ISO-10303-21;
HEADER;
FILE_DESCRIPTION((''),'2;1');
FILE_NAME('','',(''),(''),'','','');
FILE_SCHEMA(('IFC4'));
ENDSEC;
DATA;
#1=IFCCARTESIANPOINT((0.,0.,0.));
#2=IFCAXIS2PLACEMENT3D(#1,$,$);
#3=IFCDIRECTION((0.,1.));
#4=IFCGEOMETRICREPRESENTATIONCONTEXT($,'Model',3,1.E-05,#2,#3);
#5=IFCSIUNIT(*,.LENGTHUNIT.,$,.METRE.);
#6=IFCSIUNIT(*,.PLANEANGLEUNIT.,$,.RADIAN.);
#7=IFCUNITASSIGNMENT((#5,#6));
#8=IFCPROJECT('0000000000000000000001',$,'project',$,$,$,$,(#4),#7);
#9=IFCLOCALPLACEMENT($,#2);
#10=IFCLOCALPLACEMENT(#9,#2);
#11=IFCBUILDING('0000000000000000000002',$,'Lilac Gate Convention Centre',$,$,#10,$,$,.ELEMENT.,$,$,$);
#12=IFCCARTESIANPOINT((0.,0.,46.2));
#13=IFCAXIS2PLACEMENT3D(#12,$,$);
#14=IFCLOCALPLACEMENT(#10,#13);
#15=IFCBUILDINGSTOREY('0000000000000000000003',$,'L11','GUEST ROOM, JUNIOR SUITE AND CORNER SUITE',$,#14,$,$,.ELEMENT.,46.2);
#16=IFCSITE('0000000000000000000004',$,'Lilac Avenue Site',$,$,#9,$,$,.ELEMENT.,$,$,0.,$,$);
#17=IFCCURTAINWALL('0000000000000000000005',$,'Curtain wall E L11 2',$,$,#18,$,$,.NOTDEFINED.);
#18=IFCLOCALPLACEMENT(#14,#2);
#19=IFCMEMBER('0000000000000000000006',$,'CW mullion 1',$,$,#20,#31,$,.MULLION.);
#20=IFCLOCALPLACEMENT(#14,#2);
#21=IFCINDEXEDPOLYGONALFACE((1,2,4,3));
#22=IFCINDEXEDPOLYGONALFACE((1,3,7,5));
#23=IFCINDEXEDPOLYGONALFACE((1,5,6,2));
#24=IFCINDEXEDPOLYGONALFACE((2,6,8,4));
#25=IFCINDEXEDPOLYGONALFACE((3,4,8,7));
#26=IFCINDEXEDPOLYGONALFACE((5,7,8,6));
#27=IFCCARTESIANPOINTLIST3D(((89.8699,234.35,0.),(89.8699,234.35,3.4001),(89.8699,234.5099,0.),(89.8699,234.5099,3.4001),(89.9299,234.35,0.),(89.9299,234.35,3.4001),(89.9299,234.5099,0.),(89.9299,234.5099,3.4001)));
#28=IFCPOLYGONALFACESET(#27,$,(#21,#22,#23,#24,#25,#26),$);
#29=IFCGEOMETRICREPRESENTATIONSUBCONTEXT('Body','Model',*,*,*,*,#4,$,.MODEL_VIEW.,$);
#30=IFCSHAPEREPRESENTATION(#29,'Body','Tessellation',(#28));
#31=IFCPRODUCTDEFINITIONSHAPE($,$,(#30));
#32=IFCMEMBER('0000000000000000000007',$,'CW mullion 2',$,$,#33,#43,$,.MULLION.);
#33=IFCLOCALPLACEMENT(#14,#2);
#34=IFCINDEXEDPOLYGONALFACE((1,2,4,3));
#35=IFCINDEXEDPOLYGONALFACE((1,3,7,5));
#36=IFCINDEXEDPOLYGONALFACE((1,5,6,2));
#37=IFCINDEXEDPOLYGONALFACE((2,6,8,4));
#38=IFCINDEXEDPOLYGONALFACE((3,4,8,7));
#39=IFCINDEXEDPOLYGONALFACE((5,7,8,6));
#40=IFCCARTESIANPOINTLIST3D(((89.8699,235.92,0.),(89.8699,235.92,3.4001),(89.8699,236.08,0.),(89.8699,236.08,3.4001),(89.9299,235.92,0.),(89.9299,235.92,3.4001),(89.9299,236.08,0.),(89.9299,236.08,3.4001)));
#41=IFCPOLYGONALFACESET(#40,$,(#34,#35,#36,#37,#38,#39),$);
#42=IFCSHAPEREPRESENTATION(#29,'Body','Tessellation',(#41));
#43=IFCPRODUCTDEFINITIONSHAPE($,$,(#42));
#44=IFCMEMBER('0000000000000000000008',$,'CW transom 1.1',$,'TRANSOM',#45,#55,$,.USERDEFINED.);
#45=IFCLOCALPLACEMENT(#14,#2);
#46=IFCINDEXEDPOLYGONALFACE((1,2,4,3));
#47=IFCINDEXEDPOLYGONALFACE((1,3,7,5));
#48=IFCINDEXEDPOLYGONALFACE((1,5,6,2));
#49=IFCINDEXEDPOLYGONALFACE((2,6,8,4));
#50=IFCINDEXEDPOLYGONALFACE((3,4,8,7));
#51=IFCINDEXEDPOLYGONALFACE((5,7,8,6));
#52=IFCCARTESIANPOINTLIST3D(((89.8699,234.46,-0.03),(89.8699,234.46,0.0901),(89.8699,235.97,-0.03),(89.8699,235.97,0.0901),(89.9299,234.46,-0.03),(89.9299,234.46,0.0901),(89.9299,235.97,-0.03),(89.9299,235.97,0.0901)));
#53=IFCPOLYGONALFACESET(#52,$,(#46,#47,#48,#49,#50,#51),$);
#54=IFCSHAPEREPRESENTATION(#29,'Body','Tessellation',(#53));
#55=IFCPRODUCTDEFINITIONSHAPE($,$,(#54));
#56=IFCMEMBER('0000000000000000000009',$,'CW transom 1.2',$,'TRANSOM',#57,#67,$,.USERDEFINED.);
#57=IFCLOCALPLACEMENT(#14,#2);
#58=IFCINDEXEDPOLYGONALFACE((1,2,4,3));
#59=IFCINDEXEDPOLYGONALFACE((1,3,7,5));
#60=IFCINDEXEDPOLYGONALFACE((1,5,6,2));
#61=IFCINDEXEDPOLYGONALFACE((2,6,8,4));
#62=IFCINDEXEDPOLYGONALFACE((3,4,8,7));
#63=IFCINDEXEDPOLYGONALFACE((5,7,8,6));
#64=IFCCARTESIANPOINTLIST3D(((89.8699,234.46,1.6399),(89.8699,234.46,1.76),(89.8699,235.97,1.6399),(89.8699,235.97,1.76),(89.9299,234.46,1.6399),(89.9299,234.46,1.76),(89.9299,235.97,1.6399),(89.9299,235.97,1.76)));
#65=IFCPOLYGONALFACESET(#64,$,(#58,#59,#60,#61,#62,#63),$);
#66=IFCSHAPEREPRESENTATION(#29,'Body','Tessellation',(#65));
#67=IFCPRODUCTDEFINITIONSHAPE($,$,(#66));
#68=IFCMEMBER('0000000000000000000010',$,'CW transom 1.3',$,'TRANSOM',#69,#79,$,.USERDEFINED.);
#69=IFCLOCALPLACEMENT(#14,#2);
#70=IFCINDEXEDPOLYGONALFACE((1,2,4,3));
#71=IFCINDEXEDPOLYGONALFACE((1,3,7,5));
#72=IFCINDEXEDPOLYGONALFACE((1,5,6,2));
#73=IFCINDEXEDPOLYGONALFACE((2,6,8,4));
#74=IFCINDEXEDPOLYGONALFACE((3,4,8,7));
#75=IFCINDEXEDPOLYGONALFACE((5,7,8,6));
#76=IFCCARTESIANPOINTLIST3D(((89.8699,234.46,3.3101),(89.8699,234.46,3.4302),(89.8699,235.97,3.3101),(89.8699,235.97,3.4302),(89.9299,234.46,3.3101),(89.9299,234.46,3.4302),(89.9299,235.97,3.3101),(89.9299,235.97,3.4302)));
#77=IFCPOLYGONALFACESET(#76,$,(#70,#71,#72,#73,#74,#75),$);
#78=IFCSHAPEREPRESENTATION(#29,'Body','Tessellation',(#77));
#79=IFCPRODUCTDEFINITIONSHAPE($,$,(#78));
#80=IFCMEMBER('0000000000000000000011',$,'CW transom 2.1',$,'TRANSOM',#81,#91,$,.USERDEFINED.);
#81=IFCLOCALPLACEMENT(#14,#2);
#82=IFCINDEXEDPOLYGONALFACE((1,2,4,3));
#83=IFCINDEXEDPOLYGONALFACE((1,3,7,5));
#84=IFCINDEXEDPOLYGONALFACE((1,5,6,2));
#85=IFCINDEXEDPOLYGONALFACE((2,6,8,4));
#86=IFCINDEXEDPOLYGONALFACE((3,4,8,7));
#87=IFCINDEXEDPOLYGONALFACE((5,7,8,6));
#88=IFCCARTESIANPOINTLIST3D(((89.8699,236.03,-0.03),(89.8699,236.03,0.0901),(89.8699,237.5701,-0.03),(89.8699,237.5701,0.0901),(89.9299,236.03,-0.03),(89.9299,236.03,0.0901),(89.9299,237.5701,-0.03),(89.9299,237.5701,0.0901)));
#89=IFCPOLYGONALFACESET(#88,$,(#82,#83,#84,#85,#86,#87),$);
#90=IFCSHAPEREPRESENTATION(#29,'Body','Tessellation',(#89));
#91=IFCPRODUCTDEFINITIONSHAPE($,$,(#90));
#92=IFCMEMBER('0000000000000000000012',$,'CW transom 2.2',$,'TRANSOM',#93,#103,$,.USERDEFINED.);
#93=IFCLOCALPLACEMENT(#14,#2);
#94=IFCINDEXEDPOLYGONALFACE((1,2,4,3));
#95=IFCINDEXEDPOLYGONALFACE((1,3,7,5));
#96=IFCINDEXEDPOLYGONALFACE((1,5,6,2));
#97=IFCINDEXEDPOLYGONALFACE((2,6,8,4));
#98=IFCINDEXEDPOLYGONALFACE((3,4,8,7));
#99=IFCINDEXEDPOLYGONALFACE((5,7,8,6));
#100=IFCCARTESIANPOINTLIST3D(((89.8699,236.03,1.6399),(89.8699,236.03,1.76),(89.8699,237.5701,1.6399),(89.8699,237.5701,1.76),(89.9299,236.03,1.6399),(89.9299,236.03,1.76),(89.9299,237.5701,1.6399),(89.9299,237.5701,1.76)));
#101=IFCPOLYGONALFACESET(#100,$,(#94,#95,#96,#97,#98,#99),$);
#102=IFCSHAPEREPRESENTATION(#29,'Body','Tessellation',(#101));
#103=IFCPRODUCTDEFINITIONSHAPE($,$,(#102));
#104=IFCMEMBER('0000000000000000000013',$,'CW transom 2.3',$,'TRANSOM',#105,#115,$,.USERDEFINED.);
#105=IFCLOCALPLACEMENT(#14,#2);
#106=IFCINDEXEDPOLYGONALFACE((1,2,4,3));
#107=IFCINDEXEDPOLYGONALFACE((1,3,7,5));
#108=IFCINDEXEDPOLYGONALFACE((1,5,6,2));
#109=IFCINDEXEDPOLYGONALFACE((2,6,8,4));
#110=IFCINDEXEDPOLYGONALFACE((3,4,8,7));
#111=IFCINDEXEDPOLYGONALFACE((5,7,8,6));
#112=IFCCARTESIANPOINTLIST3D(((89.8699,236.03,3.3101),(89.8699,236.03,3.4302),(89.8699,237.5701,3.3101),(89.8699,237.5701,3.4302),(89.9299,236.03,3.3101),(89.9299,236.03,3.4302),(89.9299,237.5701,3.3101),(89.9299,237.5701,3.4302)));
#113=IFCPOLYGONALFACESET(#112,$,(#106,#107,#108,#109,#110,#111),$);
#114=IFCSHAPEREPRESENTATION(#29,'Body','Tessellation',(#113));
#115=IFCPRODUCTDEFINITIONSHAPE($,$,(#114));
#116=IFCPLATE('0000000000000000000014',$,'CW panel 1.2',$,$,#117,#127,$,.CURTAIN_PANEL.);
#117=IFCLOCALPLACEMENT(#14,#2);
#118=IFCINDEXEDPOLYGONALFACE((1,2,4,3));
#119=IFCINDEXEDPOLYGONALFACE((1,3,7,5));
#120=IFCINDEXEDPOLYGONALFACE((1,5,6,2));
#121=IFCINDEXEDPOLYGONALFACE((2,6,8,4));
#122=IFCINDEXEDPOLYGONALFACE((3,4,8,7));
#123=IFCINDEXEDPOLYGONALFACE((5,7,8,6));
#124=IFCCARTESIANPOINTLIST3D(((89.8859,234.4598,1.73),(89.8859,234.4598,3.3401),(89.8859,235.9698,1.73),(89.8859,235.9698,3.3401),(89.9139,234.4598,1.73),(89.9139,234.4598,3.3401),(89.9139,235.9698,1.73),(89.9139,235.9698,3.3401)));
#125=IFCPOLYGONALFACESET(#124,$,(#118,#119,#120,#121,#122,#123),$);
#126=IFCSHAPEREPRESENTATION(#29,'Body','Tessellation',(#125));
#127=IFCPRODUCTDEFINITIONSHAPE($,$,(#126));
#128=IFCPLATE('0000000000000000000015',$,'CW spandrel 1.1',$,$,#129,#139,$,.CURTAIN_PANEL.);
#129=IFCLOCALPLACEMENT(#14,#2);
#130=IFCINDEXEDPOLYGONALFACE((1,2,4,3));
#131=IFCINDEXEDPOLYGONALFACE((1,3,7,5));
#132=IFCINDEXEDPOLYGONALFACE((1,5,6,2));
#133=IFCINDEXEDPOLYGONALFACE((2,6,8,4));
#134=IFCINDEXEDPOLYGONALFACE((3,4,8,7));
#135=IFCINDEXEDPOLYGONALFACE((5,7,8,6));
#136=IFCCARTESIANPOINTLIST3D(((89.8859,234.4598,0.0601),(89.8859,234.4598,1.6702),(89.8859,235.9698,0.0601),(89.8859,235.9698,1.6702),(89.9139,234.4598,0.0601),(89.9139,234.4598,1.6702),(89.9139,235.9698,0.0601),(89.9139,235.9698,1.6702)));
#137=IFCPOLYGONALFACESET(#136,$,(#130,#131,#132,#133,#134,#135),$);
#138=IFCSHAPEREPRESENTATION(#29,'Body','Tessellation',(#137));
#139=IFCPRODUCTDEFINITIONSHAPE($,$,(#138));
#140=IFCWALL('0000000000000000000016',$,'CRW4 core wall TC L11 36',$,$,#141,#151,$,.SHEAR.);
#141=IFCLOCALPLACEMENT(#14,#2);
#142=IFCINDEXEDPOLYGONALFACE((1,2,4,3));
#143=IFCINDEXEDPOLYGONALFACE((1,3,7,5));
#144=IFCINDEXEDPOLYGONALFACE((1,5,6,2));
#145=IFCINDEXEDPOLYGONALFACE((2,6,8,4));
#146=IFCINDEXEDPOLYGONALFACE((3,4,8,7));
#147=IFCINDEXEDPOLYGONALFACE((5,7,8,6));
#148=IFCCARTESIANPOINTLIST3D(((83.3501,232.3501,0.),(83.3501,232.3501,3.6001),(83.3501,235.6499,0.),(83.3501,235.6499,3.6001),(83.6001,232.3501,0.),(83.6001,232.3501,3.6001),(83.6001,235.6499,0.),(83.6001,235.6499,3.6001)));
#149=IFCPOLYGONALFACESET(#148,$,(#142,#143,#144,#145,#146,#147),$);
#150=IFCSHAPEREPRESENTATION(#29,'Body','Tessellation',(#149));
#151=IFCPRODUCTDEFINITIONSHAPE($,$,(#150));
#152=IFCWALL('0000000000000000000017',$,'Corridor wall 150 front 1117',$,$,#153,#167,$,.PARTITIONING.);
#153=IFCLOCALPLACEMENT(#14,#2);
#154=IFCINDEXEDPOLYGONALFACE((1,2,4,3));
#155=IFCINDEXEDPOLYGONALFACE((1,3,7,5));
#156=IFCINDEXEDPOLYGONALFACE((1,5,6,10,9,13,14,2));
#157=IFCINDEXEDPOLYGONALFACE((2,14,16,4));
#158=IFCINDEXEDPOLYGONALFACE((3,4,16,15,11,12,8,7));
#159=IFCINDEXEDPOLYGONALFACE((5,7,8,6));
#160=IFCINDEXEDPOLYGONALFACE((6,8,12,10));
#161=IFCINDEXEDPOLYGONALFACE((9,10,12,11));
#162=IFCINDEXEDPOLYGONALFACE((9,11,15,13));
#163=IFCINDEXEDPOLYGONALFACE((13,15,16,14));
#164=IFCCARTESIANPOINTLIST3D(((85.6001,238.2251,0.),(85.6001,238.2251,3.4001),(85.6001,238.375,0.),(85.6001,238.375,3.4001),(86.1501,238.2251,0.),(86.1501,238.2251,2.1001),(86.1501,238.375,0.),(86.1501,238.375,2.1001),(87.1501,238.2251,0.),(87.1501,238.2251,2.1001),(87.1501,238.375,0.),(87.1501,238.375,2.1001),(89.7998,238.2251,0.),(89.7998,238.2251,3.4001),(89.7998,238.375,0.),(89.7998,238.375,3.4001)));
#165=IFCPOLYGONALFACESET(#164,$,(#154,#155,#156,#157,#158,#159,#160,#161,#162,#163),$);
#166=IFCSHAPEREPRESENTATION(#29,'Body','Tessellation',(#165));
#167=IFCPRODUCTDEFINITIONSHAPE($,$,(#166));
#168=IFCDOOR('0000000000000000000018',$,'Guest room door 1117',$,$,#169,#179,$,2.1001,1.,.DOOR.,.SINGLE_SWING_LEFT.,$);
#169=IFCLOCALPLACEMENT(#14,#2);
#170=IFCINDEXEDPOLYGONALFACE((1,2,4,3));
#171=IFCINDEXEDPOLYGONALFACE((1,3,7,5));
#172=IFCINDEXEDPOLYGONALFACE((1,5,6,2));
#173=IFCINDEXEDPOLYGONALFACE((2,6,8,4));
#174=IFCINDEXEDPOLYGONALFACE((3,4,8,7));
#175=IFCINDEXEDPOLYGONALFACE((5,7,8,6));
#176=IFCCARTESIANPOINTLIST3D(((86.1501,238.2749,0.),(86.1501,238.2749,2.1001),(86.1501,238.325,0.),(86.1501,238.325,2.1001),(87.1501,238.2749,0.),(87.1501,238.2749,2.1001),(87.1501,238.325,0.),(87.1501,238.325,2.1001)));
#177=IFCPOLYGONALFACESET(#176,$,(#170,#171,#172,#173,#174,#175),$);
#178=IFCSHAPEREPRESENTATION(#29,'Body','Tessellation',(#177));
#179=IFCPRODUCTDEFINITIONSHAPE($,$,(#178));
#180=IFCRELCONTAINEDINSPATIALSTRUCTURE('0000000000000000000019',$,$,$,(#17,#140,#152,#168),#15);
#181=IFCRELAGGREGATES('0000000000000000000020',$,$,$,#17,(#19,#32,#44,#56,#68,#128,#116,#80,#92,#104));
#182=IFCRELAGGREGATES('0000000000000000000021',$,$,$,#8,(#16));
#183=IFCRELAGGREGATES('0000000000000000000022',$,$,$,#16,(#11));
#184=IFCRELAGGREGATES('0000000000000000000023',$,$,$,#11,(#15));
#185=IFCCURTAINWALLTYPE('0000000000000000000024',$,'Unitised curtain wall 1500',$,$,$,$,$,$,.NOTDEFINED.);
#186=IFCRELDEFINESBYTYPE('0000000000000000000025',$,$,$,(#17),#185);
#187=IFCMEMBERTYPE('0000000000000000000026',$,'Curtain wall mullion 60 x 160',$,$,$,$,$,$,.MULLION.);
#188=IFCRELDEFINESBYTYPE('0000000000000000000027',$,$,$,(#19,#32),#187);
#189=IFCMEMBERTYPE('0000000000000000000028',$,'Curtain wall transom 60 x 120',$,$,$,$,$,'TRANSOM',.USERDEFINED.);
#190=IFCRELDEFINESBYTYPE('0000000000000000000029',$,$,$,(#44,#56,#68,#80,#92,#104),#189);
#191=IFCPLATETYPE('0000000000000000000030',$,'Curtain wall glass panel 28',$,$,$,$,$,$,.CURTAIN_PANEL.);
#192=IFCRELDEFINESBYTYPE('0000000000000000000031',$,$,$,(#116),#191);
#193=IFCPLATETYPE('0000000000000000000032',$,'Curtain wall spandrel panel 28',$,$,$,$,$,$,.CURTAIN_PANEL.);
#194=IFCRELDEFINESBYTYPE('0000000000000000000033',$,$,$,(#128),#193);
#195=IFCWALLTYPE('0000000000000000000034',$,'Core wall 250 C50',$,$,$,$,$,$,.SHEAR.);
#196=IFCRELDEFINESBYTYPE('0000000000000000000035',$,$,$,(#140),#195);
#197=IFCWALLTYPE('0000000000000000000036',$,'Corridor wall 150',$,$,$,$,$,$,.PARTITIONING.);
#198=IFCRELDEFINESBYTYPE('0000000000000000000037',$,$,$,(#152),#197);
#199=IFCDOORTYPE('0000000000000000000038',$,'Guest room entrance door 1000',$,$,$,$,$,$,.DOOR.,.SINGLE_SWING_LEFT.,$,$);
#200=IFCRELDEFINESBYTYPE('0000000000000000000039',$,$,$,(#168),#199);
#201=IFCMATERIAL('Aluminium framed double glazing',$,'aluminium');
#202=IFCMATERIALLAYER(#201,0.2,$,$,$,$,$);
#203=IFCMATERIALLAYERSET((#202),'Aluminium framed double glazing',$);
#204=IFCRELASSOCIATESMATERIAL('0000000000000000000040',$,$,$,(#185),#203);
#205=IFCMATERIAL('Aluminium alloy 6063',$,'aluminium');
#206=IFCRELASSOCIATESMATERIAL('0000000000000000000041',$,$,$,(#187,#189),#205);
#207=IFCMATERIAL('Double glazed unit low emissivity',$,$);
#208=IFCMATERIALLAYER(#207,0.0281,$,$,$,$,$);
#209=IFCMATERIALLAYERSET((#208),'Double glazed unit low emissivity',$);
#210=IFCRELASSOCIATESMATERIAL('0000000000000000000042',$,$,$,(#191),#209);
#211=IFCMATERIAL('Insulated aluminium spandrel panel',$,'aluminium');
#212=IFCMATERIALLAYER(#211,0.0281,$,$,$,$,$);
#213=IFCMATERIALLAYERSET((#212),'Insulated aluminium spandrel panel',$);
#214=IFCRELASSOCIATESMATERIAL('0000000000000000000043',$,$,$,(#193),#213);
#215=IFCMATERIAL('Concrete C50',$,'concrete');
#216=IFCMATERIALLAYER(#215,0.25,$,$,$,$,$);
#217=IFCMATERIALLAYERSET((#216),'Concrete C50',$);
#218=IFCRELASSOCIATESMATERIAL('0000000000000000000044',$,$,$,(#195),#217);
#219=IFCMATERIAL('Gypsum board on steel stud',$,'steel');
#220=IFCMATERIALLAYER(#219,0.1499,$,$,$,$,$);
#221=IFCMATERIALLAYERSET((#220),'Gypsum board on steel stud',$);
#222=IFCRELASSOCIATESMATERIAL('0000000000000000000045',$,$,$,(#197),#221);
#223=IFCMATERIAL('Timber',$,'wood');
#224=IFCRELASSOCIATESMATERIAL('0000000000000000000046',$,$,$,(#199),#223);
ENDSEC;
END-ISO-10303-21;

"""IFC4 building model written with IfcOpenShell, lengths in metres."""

from ifc_helpers import new_model, si_unit, direction, frame, frame_2d, origin, origin_2d, place, context, subcontext, project, spatial, rectangle, extrude, material, layer, layer_set, material_profile, profile_set, type_object, element, fill, aggregate, save


model = new_model("IFC4")

# Units and contexts
model_context = context("Model", 3, precision=1e-05, world=origin(), true_north=direction((0.0, 1.0)))
body_context = subcontext(model_context, "Body", "Model", "MODEL_VIEW")
ifc_project = project(units=[si_unit("LENGTHUNIT", "METRE"), si_unit("PLANEANGLEUNIT", "RADIAN")], contexts=[model_context])

# Site, building, storey
site_placement = place(None, origin())
site = spatial("IfcSite", under=ifc_project, at=site_placement, Name="Lilac Avenue Site", CompositionType="ELEMENT", RefElevation=0.0)
building_placement = place(site_placement, origin())
building = spatial("IfcBuilding", under=site, at=building_placement, Name="Lilac Gate Convention Centre", CompositionType="ELEMENT")
storey_placement = place(building_placement, frame((0.0, 0.0, 46.2)))
storey = spatial("IfcBuildingStorey", under=building, at=storey_placement, Name="L11", Description="GUEST ROOM, JUNIOR SUITE AND CORNER SUITE", CompositionType="ELEMENT", Elevation=46.2)

# Curtain wall, members, plates
ifc_material_1 = material(Name="Aluminium framed double glazing", Category="aluminium")
ifc_layer_1 = layer(ifc_material_1, 0.2)
ifc_layer_set_1 = layer_set([ifc_layer_1], Name="Aluminium framed double glazing")
curtain_wall_type = type_object("IfcCurtainWallType", Name="Unitised curtain wall 1500", PredefinedType="NOTDEFINED", material=ifc_layer_set_1)
curtain_wall_placement = place(storey_placement, origin())
curtain_wall = element("IfcCurtainWall", 1, at=curtain_wall_placement, inside=storey, type_object=curtain_wall_type, Name="Curtain wall E L11 2", PredefinedType="NOTDEFINED")
ifc_material_2 = material(Name="Aluminium alloy 6063", Category="aluminium")
ifc_material_profile_1 = material_profile(ifc_material_2, rectangle(XDim=0.0601, YDim=0.1599, at=origin_2d()), Name="Curtain wall mullion 60 x 160")
ifc_profile_set_1 = profile_set([ifc_material_profile_1], Name="Aluminium alloy 6063")
member_type_1 = type_object("IfcMemberType", Name="Curtain wall mullion 60 x 160", PredefinedType="MULLION", material=ifc_profile_set_1)
member_1_placement = place(storey_placement, frame((89.8999, 234.4299, 0.0), z_axis=(0.0, 0.0, 1.0), x_axis=(-1.0, 0.0, 0.0)))
member_1 = element("IfcMember", 2, at=member_1_placement, type_object=member_type_1, Name="CW mullion 1", PredefinedType="MULLION", context=body_context, shape_type="SweptSolid", body=[
    extrude(rectangle(XDim=0.0601, YDim=0.1599, at=origin_2d()), origin(), (0.0, 0.0, 1.0), 3.4001),
])
member_2_placement = place(storey_placement, frame((89.8999, 236.0, 0.0), z_axis=(0.0, 0.0, 1.0), x_axis=(-1.0, 0.0, 0.0)))
member_2 = element("IfcMember", 3, at=member_2_placement, type_object=member_type_1, Name="CW mullion 2", PredefinedType="MULLION", context=body_context, shape_type="SweptSolid", body=[
    extrude(rectangle(XDim=0.0601, YDim=0.1599, at=origin_2d()), origin(), (0.0, 0.0, 1.0), 3.4001),
])
ifc_material_profile_2 = material_profile(ifc_material_2, rectangle(XDim=0.0601, YDim=0.1201, at=origin_2d()), Name="Curtain wall transom 60 x 120")
ifc_profile_set_2 = profile_set([ifc_material_profile_2], Name="Aluminium alloy 6063")
member_type_2 = type_object("IfcMemberType", Name="Curtain wall transom 60 x 120", ElementType="TRANSOM", PredefinedType="USERDEFINED", material=ifc_profile_set_2)
member_3_placement = place(storey_placement, frame((89.8999, 234.46, 0.03), z_axis=(0.0, 1.0, 0.0), x_axis=(-1.0, 0.0, 0.0)))
member_3 = element("IfcMember", 4, at=member_3_placement, type_object=member_type_2, Name="CW transom 1.1", ObjectType="TRANSOM", PredefinedType="USERDEFINED", context=body_context, shape_type="SweptSolid", body=[
    extrude(rectangle(XDim=0.0601, YDim=0.1201, at=origin_2d()), origin(), (0.0, 0.0, 1.0), 1.51),
])
member_4_placement = place(storey_placement, frame((89.8999, 234.46, 1.7), z_axis=(0.0, 1.0, 0.0), x_axis=(-1.0, 0.0, 0.0)))
member_4 = element("IfcMember", 5, at=member_4_placement, type_object=member_type_2, Name="CW transom 1.2", ObjectType="TRANSOM", PredefinedType="USERDEFINED", context=body_context, shape_type="SweptSolid", body=[
    extrude(rectangle(XDim=0.0601, YDim=0.1201, at=origin_2d()), origin(), (0.0, 0.0, 1.0), 1.51),
])
member_5_placement = place(storey_placement, frame((89.8999, 234.46, 3.3701), z_axis=(0.0, 1.0, 0.0), x_axis=(-1.0, 0.0, 0.0)))
member_5 = element("IfcMember", 6, at=member_5_placement, type_object=member_type_2, Name="CW transom 1.3", ObjectType="TRANSOM", PredefinedType="USERDEFINED", context=body_context, shape_type="SweptSolid", body=[
    extrude(rectangle(XDim=0.0601, YDim=0.1201, at=origin_2d()), origin(), (0.0, 0.0, 1.0), 1.51),
])
member_6_placement = place(storey_placement, frame((89.8999, 236.03, 0.03), z_axis=(0.0, 1.0, 0.0), x_axis=(-1.0, 0.0, 0.0)))
member_6 = element("IfcMember", 7, at=member_6_placement, type_object=member_type_2, Name="CW transom 2.1", ObjectType="TRANSOM", PredefinedType="USERDEFINED", context=body_context, shape_type="SweptSolid", body=[
    extrude(rectangle(XDim=0.0601, YDim=0.1201, at=origin_2d()), origin(), (0.0, 0.0, 1.0), 1.54),
])
member_7_placement = place(storey_placement, frame((89.8999, 236.03, 1.7), z_axis=(0.0, 1.0, 0.0), x_axis=(-1.0, 0.0, 0.0)))
member_7 = element("IfcMember", 8, at=member_7_placement, type_object=member_type_2, Name="CW transom 2.2", ObjectType="TRANSOM", PredefinedType="USERDEFINED", context=body_context, shape_type="SweptSolid", body=[
    extrude(rectangle(XDim=0.0601, YDim=0.1201, at=origin_2d()), origin(), (0.0, 0.0, 1.0), 1.54),
])
member_8_placement = place(storey_placement, frame((89.8999, 236.03, 3.3701), z_axis=(0.0, 1.0, 0.0), x_axis=(-1.0, 0.0, 0.0)))
member_8 = element("IfcMember", 9, at=member_8_placement, type_object=member_type_2, Name="CW transom 2.3", ObjectType="TRANSOM", PredefinedType="USERDEFINED", context=body_context, shape_type="SweptSolid", body=[
    extrude(rectangle(XDim=0.0601, YDim=0.1201, at=origin_2d()), origin(), (0.0, 0.0, 1.0), 1.54),
])
ifc_material_3 = material(Name="Double glazed unit low emissivity")
ifc_layer_2 = layer(ifc_material_3, 0.0281)
ifc_layer_set_2 = layer_set([ifc_layer_2], Name="Double glazed unit low emissivity")
plate_type_1 = type_object("IfcPlateType", Name="Curtain wall glass panel 28", PredefinedType="CURTAIN_PANEL", material=ifc_layer_set_2)
plate_1_placement = place(storey_placement, frame((89.8999, 235.2148, 1.73), z_axis=(0.0, 0.0, 1.0), x_axis=(0.0, 1.0, 0.0)))
plate_1 = element("IfcPlate", 10, at=plate_1_placement, type_object=plate_type_1, Name="CW panel 1.2", PredefinedType="CURTAIN_PANEL", context=body_context, shape_type="SweptSolid", body=[
    extrude(rectangle(XDim=1.51, YDim=0.0281, at=origin_2d()), origin(), (0.0, 0.0, 1.0), 1.6101),
])
ifc_material_4 = material(Name="Insulated aluminium spandrel panel", Category="aluminium")
ifc_layer_3 = layer(ifc_material_4, 0.0281)
ifc_layer_set_3 = layer_set([ifc_layer_3], Name="Insulated aluminium spandrel panel")
plate_type_2 = type_object("IfcPlateType", Name="Curtain wall spandrel panel 28", PredefinedType="CURTAIN_PANEL", material=ifc_layer_set_3)
plate_2_placement = place(storey_placement, frame((89.8999, 235.2148, 0.0601), z_axis=(0.0, 0.0, 1.0), x_axis=(0.0, 1.0, 0.0)))
plate_2 = element("IfcPlate", 11, at=plate_2_placement, type_object=plate_type_2, Name="CW spandrel 1.1", PredefinedType="CURTAIN_PANEL", context=body_context, shape_type="SweptSolid", body=[
    extrude(rectangle(XDim=1.51, YDim=0.0281, at=origin_2d()), origin(), (0.0, 0.0, 1.0), 1.6101),
])
aggregate(curtain_wall, [member_1, member_2, member_3, member_4, member_5, plate_2, plate_1, member_6, member_7, member_8])

# Wall
ifc_material_5 = material(Name="Concrete C50", Category="concrete")
ifc_layer_4 = layer(ifc_material_5, 0.25)
ifc_layer_set_4 = layer_set([ifc_layer_4], Name="Concrete C50")
wall_type_1 = type_object("IfcWallType", Name="Core wall 250 C50", PredefinedType="SHEAR", material=ifc_layer_set_4)
wall_1_placement = place(storey_placement, frame((83.4751, 232.3501, 0.0), z_axis=(0.0, 0.0, 1.0), x_axis=(0.0, 1.0, 0.0)))
element("IfcWall", 12, at=wall_1_placement, inside=storey, type_object=wall_type_1, Name="CRW4 core wall TC L11 36", PredefinedType="SHEAR", context=body_context, shape_type="SweptSolid", body=[
    extrude(rectangle(XDim=3.2998, YDim=0.25, at=frame_2d((1.6499, 0.0))), origin(), (0.0, 0.0, 1.0), 3.6001),
])

# Wall, opening, door
ifc_material_6 = material(Name="Gypsum board on steel stud", Category="steel")
ifc_layer_5 = layer(ifc_material_6, 0.1499)
ifc_layer_set_5 = layer_set([ifc_layer_5], Name="Gypsum board on steel stud")
wall_type_2 = type_object("IfcWallType", Name="Corridor wall 150", PredefinedType="PARTITIONING", material=ifc_layer_set_5)
wall_2_placement = place(storey_placement, frame((85.6001, 238.3, 0.0), z_axis=(0.0, 0.0, 1.0), x_axis=(1.0, 0.0, 0.0)))
wall_2 = element("IfcWall", 13, at=wall_2_placement, inside=storey, type_object=wall_type_2, Name="Corridor wall 150 front 1117", PredefinedType="PARTITIONING", context=body_context, shape_type="SweptSolid", body=[
    extrude(rectangle(XDim=4.1997, YDim=0.1499, at=frame_2d((2.0999, 0.0))), origin(), (0.0, 0.0, 1.0), 3.4001),
])
opening_1_placement = place(wall_2_placement, frame((0.55, 0.0, 0.0)))
opening_1 = element("IfcOpeningElement", 14, at=opening_1_placement, cuts=wall_2, PredefinedType="OPENING", context=body_context, shape_type="SweptSolid", body=[
    extrude(rectangle(XDim=1.0, YDim=2.1001, at=frame_2d((0.5, 1.05))), frame((0.0, 0.085, 0.0), z_axis=(0.0, -1.0, 0.0), x_axis=(1.0, 0.0, 0.0)), (0.0, 0.0, 1.0), 0.1699),
])
ifc_material_7 = material(Name="Timber", Category="wood")
door_type_1 = type_object("IfcDoorType", Name="Guest room entrance door 1000", OperationType="SINGLE_SWING_LEFT", PredefinedType="DOOR", material=ifc_material_7)
door_1_placement = place(opening_1_placement, origin())
door_1 = element("IfcDoor", 15, at=door_1_placement, inside=storey, type_object=door_type_1, Name="Guest room door 1117", OperationType="SINGLE_SWING_LEFT", OverallHeight=2.1001, OverallWidth=1.0, PredefinedType="DOOR", context=body_context, shape_type="SweptSolid", body=[
    extrude(rectangle(XDim=1.0, YDim=2.1001, at=frame_2d((0.5, 1.05))), frame((0.0, 0.0249, 0.0), z_axis=(0.0, -1.0, 0.0), x_axis=(1.0, 0.0, 0.0)), (0.0, 0.0, 1.0), 0.05),
])
fill(opening_1, door_1)

save(model, "model.ifc")
